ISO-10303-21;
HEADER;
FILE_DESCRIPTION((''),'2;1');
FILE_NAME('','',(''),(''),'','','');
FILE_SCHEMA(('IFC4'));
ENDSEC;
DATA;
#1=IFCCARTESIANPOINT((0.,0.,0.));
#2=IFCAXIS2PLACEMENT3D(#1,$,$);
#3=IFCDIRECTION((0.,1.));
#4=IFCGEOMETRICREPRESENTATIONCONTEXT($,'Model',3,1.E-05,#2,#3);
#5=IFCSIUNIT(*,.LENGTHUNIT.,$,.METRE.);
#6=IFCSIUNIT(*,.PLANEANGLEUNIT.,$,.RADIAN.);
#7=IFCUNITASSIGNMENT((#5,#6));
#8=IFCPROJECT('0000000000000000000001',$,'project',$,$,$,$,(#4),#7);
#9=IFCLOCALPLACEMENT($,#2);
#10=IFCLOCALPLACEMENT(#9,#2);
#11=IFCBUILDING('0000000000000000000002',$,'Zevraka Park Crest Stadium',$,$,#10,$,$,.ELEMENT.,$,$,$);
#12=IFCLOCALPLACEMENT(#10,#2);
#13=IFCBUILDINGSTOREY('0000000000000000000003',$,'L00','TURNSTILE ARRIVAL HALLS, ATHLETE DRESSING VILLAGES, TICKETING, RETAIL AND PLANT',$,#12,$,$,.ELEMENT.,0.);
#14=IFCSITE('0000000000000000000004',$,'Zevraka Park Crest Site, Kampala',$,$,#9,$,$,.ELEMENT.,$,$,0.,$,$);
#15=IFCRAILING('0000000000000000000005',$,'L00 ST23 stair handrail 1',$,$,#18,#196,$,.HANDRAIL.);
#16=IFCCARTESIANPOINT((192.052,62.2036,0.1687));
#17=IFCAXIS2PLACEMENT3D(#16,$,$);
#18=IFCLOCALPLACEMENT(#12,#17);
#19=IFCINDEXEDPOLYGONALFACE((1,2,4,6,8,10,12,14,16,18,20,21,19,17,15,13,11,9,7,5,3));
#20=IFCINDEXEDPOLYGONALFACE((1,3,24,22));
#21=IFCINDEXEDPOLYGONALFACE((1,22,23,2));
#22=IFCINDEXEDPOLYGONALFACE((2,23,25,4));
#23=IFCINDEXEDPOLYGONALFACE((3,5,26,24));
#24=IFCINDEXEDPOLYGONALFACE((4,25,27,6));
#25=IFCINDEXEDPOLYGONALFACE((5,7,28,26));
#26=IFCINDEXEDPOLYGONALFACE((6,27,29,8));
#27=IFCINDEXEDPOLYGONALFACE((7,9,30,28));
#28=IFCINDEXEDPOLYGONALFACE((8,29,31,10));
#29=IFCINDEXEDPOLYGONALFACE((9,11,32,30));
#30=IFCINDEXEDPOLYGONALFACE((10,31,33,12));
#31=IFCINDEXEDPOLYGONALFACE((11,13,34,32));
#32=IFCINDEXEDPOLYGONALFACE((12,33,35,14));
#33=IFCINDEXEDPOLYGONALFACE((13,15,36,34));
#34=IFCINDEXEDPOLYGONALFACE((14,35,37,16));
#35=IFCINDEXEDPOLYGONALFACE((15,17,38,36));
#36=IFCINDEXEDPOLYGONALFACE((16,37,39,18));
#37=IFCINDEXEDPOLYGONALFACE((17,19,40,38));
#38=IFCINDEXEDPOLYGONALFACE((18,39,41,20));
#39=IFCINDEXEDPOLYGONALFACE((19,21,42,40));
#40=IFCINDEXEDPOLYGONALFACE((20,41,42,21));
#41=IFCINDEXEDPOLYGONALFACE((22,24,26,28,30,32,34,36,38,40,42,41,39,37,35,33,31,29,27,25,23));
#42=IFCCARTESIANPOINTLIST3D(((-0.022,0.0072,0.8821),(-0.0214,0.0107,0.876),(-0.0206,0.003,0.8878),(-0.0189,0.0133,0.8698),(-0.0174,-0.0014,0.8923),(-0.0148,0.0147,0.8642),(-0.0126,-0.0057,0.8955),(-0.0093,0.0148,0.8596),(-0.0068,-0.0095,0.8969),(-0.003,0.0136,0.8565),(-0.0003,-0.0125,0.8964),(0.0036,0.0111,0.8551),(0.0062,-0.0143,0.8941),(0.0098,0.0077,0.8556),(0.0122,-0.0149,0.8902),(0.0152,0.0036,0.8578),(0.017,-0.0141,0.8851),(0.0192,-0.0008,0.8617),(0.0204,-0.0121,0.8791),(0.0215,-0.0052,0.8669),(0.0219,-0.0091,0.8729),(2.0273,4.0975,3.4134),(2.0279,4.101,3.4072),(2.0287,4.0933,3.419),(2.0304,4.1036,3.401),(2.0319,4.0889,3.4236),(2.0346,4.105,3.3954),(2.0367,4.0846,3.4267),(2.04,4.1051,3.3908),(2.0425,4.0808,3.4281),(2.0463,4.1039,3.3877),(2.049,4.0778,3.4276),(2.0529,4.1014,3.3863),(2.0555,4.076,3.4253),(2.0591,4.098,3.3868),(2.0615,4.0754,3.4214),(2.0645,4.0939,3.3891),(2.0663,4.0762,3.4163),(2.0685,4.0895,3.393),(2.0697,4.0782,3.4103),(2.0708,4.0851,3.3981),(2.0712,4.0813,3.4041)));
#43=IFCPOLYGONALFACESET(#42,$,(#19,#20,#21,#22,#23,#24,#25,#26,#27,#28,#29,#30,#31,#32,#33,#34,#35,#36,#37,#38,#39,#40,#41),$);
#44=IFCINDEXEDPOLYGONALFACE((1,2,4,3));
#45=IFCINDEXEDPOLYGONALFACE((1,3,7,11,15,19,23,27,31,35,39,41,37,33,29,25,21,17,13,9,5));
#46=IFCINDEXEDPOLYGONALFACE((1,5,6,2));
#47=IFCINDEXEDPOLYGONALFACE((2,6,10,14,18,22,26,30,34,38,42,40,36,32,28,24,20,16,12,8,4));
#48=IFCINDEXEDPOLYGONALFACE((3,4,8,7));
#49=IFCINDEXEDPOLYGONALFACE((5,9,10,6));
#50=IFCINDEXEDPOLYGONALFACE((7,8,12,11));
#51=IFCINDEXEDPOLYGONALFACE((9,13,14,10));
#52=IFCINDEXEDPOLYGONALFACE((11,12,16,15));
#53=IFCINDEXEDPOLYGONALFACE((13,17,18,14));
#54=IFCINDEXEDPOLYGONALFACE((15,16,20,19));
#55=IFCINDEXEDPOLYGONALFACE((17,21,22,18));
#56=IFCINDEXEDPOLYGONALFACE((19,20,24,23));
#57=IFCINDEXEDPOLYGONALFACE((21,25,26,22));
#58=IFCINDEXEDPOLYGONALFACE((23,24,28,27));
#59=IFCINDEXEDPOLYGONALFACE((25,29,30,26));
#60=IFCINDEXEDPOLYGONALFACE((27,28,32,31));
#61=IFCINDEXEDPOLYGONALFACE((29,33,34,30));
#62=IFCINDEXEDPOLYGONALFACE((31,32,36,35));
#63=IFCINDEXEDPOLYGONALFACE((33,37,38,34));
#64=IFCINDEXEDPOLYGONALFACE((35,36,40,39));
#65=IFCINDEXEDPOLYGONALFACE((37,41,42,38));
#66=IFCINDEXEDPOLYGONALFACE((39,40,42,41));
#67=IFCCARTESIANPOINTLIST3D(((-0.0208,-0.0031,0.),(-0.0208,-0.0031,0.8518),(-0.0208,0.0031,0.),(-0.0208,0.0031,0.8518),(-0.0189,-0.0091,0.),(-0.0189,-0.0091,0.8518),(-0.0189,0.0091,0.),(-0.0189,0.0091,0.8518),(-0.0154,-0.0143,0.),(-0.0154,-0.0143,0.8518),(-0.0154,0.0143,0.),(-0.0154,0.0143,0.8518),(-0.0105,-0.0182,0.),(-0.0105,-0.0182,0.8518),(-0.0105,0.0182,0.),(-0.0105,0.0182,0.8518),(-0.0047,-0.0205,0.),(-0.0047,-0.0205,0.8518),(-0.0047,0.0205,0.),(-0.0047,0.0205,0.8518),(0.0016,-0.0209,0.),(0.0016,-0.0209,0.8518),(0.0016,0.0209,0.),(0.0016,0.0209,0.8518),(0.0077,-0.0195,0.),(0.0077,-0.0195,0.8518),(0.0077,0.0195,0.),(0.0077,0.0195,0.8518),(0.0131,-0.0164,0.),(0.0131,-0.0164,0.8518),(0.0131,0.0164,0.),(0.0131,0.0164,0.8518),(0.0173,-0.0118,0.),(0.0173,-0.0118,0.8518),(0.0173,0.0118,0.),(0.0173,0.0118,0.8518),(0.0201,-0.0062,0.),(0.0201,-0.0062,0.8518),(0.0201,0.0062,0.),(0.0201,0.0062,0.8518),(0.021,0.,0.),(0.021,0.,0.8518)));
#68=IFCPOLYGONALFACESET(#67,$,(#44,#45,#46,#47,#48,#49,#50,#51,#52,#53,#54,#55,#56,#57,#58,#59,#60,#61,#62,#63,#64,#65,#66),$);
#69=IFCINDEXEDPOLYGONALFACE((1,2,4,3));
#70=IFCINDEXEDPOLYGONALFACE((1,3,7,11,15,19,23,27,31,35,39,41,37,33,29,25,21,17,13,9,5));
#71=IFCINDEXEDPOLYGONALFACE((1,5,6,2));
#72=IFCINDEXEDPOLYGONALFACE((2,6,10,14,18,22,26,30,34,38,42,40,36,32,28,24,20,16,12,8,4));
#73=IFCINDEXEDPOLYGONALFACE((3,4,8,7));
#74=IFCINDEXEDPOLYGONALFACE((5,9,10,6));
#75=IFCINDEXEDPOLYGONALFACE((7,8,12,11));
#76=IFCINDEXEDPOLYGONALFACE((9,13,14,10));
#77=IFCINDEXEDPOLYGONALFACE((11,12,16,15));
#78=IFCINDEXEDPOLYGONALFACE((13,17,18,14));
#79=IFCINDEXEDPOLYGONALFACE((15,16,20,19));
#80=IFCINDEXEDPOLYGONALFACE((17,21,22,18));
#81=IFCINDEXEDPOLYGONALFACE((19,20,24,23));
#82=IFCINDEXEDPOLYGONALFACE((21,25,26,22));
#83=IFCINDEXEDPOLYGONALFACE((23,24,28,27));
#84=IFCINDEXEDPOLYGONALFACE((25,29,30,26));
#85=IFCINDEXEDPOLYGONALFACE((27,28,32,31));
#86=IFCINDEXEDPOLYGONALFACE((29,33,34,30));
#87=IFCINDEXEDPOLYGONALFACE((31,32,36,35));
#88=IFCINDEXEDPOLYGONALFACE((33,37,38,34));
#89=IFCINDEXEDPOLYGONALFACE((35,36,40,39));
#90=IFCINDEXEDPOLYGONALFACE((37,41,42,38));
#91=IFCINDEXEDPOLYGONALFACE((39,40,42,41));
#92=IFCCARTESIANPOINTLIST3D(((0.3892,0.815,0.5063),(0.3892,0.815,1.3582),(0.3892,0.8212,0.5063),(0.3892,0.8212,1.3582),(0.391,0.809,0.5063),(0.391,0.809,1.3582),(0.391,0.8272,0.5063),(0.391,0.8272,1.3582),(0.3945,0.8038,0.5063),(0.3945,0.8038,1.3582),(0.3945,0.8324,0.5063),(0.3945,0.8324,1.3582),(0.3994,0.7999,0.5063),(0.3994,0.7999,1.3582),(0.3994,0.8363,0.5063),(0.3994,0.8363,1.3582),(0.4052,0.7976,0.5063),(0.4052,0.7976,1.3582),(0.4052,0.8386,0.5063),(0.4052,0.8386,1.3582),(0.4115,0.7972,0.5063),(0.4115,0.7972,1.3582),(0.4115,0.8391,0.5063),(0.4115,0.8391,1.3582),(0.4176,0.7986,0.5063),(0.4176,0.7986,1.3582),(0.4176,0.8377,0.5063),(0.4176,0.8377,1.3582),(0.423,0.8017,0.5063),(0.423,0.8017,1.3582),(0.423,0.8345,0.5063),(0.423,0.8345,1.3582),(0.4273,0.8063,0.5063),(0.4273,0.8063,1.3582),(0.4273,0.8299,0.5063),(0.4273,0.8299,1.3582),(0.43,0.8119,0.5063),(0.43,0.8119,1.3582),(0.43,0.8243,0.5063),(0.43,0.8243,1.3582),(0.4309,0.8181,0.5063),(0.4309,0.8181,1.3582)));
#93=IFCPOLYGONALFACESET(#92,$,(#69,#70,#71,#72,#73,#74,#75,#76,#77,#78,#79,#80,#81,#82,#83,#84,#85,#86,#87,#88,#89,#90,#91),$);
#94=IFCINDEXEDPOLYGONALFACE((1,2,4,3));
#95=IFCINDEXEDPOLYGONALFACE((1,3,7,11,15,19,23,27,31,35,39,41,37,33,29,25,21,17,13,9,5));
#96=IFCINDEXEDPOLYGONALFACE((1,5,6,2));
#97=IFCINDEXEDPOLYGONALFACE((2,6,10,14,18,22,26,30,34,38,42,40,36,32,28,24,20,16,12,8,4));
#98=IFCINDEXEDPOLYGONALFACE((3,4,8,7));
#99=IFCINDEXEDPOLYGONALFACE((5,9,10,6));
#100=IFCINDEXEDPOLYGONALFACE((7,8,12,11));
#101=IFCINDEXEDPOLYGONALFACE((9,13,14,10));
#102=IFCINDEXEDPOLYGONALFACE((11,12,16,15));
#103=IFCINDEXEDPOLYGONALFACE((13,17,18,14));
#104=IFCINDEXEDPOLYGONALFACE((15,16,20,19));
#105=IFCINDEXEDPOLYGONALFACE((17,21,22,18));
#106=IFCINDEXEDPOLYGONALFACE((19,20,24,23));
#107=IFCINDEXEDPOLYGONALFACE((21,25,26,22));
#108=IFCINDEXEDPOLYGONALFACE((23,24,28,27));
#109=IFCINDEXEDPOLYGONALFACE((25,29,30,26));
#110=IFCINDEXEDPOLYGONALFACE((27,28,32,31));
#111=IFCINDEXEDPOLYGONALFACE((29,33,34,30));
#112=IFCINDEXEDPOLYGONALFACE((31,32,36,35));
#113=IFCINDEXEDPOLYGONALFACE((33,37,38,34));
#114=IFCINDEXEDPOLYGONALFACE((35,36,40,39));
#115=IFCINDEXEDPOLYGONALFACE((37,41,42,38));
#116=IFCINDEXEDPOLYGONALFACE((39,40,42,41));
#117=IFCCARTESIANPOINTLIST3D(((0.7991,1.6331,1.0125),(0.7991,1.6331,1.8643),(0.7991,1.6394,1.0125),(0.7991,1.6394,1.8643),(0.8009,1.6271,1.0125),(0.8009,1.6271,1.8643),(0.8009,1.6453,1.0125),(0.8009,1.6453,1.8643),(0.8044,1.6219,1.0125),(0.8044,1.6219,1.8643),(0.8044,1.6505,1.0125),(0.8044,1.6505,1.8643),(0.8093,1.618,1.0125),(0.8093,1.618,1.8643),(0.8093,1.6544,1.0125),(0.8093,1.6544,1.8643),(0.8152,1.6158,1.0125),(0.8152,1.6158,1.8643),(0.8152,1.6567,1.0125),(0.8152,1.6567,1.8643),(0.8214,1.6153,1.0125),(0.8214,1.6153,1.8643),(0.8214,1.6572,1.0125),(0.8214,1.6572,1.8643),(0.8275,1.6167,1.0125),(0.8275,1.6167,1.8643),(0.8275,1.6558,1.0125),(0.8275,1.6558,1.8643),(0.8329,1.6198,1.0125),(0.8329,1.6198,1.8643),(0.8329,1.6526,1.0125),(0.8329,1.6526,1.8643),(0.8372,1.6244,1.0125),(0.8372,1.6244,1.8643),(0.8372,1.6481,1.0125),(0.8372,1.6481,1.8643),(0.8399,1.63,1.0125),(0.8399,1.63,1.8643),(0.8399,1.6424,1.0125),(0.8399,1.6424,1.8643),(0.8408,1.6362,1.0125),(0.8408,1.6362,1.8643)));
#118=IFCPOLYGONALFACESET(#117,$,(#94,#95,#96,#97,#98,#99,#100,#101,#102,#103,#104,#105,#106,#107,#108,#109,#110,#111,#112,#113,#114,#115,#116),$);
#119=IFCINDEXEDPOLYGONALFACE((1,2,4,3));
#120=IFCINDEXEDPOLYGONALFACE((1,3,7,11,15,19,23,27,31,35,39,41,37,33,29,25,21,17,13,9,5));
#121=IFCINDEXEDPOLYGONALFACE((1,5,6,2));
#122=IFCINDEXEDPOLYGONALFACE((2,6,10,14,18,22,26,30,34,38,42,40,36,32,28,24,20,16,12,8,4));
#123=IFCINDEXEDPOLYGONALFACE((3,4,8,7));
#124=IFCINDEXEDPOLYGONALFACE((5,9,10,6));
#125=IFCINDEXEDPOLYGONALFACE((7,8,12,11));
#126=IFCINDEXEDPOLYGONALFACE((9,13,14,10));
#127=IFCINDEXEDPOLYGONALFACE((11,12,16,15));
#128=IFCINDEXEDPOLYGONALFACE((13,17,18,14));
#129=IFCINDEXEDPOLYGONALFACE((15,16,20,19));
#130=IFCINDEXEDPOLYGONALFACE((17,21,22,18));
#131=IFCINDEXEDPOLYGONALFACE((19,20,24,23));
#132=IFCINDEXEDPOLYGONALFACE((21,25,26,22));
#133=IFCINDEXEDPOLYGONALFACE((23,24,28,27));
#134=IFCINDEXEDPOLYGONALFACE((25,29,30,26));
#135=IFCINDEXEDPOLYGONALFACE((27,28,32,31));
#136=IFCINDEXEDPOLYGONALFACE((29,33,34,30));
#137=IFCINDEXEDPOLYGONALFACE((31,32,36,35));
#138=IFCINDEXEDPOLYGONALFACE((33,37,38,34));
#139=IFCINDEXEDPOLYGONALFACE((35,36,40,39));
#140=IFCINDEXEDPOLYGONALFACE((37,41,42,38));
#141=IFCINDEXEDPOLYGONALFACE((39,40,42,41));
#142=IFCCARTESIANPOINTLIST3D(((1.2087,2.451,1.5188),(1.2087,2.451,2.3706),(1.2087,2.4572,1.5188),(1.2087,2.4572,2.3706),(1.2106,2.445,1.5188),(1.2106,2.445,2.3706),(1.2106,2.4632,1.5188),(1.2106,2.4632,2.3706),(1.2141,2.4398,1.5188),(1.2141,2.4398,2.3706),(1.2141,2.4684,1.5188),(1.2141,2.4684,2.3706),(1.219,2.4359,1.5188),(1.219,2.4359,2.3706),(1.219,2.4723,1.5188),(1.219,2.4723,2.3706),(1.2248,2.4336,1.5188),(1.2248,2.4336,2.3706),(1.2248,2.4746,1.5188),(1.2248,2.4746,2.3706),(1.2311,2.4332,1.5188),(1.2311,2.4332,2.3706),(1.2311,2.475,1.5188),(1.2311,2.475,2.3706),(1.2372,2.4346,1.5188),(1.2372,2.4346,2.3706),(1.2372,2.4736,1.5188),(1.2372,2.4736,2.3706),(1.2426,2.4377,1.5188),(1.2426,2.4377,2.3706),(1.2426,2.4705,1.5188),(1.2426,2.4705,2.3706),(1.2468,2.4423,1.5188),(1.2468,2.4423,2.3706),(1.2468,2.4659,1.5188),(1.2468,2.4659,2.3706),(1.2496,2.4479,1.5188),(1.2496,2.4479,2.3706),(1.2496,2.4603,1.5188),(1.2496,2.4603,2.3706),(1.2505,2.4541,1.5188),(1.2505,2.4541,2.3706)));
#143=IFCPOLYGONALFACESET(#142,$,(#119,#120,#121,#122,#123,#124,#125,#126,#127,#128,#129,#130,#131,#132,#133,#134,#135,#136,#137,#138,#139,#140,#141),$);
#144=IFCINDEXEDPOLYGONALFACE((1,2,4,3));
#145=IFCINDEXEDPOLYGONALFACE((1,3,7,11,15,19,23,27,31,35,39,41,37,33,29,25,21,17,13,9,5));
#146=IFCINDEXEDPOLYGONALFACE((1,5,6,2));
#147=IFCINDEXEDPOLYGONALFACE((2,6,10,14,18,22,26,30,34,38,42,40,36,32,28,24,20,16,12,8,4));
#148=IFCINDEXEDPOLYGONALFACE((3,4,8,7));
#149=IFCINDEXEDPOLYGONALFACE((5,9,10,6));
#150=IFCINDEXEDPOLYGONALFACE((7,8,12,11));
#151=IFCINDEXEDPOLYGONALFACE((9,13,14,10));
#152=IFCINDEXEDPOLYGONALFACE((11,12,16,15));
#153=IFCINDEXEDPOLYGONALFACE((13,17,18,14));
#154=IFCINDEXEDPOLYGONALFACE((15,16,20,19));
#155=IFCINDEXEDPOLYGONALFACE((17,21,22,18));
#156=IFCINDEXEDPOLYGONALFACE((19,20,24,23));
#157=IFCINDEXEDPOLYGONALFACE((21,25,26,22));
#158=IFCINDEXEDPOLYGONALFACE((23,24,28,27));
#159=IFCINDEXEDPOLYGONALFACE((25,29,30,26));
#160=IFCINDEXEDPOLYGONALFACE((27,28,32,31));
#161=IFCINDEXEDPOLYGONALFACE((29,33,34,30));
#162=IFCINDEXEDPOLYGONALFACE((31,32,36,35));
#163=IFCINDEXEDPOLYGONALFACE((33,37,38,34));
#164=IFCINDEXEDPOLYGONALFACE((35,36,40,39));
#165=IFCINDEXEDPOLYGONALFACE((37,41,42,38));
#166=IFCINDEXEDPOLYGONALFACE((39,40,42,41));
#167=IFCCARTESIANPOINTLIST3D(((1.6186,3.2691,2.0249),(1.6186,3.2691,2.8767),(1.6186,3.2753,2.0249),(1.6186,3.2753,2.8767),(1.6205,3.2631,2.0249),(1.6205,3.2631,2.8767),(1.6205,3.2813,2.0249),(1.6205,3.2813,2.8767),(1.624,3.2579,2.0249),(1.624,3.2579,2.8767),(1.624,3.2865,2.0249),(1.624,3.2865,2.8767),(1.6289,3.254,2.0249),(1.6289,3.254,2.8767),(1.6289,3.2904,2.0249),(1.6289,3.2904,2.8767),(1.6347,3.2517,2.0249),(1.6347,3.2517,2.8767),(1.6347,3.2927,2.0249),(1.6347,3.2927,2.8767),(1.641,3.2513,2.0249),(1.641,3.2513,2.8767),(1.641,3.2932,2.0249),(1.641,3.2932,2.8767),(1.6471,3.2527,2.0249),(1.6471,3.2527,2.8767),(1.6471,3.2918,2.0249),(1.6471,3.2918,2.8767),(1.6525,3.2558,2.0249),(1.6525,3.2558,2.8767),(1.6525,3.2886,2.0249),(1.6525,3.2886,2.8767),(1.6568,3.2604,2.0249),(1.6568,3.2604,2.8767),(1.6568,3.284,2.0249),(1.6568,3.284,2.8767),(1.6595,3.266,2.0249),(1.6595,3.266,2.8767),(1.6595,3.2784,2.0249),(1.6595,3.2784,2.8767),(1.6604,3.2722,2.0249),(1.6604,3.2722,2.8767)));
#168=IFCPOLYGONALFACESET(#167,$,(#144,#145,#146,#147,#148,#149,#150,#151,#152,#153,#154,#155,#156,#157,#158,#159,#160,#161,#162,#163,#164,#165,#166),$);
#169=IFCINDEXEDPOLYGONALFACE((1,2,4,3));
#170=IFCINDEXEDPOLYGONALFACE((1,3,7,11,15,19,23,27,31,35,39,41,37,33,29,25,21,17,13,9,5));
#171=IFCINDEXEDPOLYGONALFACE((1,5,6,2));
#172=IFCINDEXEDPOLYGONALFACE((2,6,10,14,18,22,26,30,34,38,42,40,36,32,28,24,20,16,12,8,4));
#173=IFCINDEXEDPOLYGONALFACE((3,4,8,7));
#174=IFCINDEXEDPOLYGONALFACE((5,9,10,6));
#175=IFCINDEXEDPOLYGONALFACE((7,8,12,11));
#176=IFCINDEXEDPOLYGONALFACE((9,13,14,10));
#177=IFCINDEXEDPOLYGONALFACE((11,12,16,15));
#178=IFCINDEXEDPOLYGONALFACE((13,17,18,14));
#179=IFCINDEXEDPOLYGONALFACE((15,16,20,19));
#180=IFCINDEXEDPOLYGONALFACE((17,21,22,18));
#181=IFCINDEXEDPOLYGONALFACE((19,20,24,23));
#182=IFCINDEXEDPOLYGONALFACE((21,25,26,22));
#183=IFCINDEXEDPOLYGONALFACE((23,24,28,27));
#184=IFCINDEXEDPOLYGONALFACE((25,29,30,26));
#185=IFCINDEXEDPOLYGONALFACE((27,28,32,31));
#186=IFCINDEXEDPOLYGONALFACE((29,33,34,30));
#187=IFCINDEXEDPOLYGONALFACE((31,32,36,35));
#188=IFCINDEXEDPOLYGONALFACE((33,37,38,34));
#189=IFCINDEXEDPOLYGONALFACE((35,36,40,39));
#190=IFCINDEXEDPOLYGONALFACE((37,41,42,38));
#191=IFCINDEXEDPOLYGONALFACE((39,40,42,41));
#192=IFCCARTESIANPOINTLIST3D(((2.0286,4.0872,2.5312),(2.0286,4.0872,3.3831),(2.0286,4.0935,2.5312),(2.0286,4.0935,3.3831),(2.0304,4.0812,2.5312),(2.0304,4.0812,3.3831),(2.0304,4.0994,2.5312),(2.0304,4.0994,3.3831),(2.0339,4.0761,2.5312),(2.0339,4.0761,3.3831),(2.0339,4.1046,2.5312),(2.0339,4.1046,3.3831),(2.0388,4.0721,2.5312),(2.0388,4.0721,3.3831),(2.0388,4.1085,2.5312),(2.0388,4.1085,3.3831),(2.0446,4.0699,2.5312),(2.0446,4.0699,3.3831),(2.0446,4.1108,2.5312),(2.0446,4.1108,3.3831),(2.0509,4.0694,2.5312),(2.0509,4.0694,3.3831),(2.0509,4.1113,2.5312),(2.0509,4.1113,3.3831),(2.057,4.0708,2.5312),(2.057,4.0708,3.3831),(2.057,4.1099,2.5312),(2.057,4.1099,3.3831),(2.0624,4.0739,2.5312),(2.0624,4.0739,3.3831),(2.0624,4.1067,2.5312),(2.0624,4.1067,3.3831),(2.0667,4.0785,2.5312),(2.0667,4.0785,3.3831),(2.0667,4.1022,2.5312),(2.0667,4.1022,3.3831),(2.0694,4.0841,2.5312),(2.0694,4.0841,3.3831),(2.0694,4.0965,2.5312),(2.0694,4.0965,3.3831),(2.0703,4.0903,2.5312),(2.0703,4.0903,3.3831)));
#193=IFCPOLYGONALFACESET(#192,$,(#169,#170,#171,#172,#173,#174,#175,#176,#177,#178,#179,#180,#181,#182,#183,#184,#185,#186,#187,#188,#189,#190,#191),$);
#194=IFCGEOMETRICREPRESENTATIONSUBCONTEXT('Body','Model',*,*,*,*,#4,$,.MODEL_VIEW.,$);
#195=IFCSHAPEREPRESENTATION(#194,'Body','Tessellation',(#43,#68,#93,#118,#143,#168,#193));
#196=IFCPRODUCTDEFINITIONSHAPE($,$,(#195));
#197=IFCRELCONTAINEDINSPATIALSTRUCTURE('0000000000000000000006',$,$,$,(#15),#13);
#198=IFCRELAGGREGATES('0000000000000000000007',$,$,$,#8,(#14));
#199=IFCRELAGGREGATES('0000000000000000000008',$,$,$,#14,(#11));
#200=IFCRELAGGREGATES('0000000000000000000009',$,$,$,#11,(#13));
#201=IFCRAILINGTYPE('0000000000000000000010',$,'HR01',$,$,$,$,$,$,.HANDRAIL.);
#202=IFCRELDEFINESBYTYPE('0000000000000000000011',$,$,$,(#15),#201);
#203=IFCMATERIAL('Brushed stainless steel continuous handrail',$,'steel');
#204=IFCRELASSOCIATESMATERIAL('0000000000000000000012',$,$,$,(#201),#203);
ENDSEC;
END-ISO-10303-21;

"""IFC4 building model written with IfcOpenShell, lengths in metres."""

from ifc_helpers import new_model, si_unit, direction, frame, origin, origin_2d, place, context, subcontext, project, spatial, circle, extrude, material, type_object, element, save


model = new_model("IFC4")

# Units and contexts
model_context = context("Model", 3, precision=1e-05, world=origin(), true_north=direction((0.0, 1.0)))
body_context = subcontext(model_context, "Body", "Model", "MODEL_VIEW")
ifc_project = project(units=[si_unit("LENGTHUNIT", "METRE"), si_unit("PLANEANGLEUNIT", "RADIAN")], contexts=[model_context])

# Site, building, storey
site_placement = place(None, origin())
site = spatial("IfcSite", under=ifc_project, at=site_placement, Name="Zevraka Park Crest Site, Kampala", CompositionType="ELEMENT", RefElevation=0.0)
building_placement = place(site_placement, origin())
building = spatial("IfcBuilding", under=site, at=building_placement, Name="Zevraka Park Crest Stadium", CompositionType="ELEMENT")
storey_placement = place(building_placement, origin())
storey = spatial("IfcBuildingStorey", under=building, at=storey_placement, Name="L00", Description="TURNSTILE ARRIVAL HALLS, ATHLETE DRESSING VILLAGES, TICKETING, RETAIL AND PLANT", CompositionType="ELEMENT", Elevation=0.0)

# Railing
ifc_material_1 = material(Name="Brushed stainless steel continuous handrail", Category="steel")
railing_type_1 = type_object("IfcRailingType", Name="HR01", PredefinedType="HANDRAIL", material=ifc_material_1)
railing_1_placement = place(storey_placement, frame((192.052, 62.2036, 0.1687)))
element("IfcRailing", 1, at=railing_1_placement, inside=storey, type_object=railing_type_1, Name="L00 ST23 stair handrail 1", PredefinedType="HANDRAIL", context=body_context, shape_type="SweptSolid", body=[
    extrude(circle(Radius=0.0239, at=origin_2d()), frame((0.0, 0.0, 0.876), z_axis=(0.391947, 0.782307, 0.484121), x_axis=(-0.894064, 0.447939, 0.0)), (0.0, 0.0, 1.0), 5.2285),
    extrude(circle(Radius=0.021, at=origin_2d()), origin(), (0.0, 0.0, 1.0), 0.8518),
    extrude(circle(Radius=0.021, at=origin_2d()), frame((0.4099, 0.8181, 0.5063)), (0.0, 0.0, 1.0), 0.8518),
    extrude(circle(Radius=0.021, at=origin_2d()), frame((0.8198, 1.6362, 1.0125)), (0.0, 0.0, 1.0), 0.8518),
    extrude(circle(Radius=0.021, at=origin_2d()), frame((1.2295, 2.4541, 1.5188)), (0.0, 0.0, 1.0), 0.8518),
    extrude(circle(Radius=0.021, at=origin_2d()), frame((1.6394, 3.2722, 2.0249)), (0.0, 0.0, 1.0), 0.8518),
    extrude(circle(Radius=0.021, at=origin_2d()), frame((2.0493, 4.0903, 2.5312)), (0.0, 0.0, 1.0), 0.8518),
])

save(model, "model.ifc")
